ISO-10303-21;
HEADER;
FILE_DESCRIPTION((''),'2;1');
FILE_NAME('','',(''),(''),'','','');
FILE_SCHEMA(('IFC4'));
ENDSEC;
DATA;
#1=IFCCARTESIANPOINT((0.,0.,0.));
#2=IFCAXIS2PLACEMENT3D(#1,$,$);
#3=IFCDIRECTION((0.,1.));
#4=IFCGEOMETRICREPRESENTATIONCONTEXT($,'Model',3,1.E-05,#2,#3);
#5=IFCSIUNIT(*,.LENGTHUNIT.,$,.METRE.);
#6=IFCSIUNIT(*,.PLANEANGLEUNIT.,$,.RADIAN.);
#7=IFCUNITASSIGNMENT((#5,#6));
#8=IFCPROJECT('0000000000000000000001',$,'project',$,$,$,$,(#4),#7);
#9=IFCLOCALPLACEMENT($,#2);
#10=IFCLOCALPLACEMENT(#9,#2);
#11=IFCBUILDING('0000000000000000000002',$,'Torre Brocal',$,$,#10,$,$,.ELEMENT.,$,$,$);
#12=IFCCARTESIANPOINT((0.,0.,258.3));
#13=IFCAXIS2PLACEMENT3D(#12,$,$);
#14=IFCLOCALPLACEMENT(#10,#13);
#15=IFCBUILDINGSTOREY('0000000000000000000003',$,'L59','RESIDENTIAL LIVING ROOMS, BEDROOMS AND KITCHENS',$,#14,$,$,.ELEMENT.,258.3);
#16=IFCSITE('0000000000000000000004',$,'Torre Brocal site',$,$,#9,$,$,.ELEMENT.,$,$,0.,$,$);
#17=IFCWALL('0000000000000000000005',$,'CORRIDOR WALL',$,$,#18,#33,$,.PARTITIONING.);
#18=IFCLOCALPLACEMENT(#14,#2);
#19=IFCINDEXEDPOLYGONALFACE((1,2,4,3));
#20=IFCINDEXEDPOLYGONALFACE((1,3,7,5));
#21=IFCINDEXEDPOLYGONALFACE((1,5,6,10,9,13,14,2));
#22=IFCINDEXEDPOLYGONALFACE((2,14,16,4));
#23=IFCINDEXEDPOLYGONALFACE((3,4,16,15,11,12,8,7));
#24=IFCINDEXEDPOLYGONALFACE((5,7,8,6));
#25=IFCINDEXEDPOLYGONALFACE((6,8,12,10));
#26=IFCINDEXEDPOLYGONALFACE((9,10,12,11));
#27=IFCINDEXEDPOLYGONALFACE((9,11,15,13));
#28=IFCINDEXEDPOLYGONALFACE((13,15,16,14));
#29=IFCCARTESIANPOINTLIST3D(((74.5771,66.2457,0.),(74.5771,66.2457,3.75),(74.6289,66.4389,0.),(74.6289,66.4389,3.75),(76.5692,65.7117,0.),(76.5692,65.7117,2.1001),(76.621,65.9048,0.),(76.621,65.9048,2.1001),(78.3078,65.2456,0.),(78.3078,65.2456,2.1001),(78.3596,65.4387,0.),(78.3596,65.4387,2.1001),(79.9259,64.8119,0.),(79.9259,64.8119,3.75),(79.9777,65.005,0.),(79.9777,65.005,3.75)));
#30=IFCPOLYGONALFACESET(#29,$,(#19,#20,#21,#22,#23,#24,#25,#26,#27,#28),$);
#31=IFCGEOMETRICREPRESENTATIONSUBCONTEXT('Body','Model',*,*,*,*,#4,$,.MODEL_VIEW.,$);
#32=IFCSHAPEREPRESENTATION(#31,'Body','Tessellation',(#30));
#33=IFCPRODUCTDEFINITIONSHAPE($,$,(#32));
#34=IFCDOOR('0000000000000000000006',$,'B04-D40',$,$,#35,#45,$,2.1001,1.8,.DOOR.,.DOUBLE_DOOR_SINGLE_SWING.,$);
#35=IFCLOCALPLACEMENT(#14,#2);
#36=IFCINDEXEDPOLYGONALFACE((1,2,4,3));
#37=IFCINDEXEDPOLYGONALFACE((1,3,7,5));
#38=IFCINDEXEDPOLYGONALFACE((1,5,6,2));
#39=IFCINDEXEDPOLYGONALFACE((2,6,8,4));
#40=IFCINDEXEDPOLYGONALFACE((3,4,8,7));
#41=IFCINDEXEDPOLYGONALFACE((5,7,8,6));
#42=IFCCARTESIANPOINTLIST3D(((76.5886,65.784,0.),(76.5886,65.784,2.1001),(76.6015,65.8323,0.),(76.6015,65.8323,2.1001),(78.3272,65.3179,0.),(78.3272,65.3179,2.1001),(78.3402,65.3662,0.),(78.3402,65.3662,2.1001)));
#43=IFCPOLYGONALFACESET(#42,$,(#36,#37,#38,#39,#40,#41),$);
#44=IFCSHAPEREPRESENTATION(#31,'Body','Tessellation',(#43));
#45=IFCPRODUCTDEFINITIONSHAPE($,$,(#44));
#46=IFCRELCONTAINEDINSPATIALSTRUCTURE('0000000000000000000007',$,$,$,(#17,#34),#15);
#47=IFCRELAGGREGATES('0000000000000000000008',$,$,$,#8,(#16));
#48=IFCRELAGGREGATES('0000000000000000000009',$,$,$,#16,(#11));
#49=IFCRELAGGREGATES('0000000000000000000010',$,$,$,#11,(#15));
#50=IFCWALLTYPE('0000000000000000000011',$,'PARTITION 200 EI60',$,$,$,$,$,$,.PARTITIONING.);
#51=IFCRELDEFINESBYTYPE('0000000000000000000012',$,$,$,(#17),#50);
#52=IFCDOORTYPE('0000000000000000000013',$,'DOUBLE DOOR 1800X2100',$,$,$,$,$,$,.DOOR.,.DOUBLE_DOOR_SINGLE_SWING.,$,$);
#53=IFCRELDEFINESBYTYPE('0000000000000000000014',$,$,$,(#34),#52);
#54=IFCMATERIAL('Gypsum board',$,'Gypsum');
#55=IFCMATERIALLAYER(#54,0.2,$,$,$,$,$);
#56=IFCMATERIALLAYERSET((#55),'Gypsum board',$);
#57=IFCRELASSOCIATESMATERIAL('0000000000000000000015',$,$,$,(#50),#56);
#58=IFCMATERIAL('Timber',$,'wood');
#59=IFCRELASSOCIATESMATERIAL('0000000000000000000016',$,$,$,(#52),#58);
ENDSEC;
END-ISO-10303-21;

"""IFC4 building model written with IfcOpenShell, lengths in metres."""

from ifc_helpers import new_model, si_unit, direction, frame, frame_2d, origin, place, context, subcontext, project, spatial, rectangle, extrude, material, layer, layer_set, type_object, element, fill, save


model = new_model("IFC4")

# Units and contexts
model_context = context("Model", 3, precision=1e-05, world=origin(), true_north=direction((0.0, 1.0)))
body_context = subcontext(model_context, "Body", "Model", "MODEL_VIEW")
ifc_project = project(units=[si_unit("LENGTHUNIT", "METRE"), si_unit("PLANEANGLEUNIT", "RADIAN")], contexts=[model_context])

# Site, building, storey
site_placement = place(None, origin())
site = spatial("IfcSite", under=ifc_project, at=site_placement, Name="Torre Brocal site", CompositionType="ELEMENT", RefElevation=0.0)
building_placement = place(site_placement, origin())
building = spatial("IfcBuilding", under=site, at=building_placement, Name="Torre Brocal", CompositionType="ELEMENT")
storey_placement = place(building_placement, frame((0.0, 0.0, 258.3)))
storey = spatial("IfcBuildingStorey", under=building, at=storey_placement, Name="L59", Description="RESIDENTIAL LIVING ROOMS, BEDROOMS AND KITCHENS", CompositionType="ELEMENT", Elevation=258.3)

# Shared definitions
ifc_material_1 = material(Name="Gypsum board", Category="Gypsum")
ifc_layer_1 = layer(ifc_material_1, 0.2)
ifc_layer_set_1 = layer_set([ifc_layer_1], Name="Gypsum board")
wall_type_1 = type_object("IfcWallType", Name="PARTITION 200 EI60", PredefinedType="PARTITIONING", material=ifc_layer_set_1)

# Wall, opening, door
wall_1_placement = place(storey_placement, frame((74.603, 66.3423, 0.0), z_axis=(0.0, 0.0, 1.0), x_axis=(0.965895, -0.258933, 0.0)))
wall_1 = element("IfcWall", 1, at=wall_1_placement, inside=storey, type_object=wall_type_1, Name="CORRIDOR WALL", PredefinedType="PARTITIONING", context=body_context, shape_type="SweptSolid", body=[
    extrude(rectangle(XDim=5.5376, YDim=0.2, at=frame_2d((2.7688, 0.0))), origin(), (0.0, 0.0, 1.0), 3.75),
])
opening_1_placement = place(wall_1_placement, frame((2.0625, 0.0, 0.0)))
opening_1 = element("IfcOpeningElement", 2, at=opening_1_placement, cuts=wall_1, PredefinedType="OPENING", context=body_context, shape_type="SweptSolid", body=[
    extrude(rectangle(XDim=1.8, YDim=2.1001, at=frame_2d((0.8999, 1.05))), frame((0.0, 0.1099, 0.0), z_axis=(0.0, -1.0, 0.0), x_axis=(1.0, 0.0, 0.0)), (0.0, 0.0, 1.0), 0.22),
])
ifc_material_2 = material(Name="Timber", Category="wood")
door_type_1 = type_object("IfcDoorType", Name="DOUBLE DOOR 1800X2100", OperationType="DOUBLE_DOOR_SINGLE_SWING", PredefinedType="DOOR", material=ifc_material_2)
door_1_placement = place(opening_1_placement, origin())
door_1 = element("IfcDoor", 3, at=door_1_placement, inside=storey, type_object=door_type_1, Name="B04-D40", OperationType="DOUBLE_DOOR_SINGLE_SWING", OverallHeight=2.1001, OverallWidth=1.8, PredefinedType="DOOR", context=body_context, shape_type="SweptSolid", body=[
    extrude(rectangle(XDim=1.8, YDim=2.1001, at=frame_2d((0.8999, 1.05))), frame((0.0, 0.0249, 0.0), z_axis=(0.0, -1.0, 0.0), x_axis=(1.0, 0.0, 0.0)), (0.0, 0.0, 1.0), 0.05),
])
fill(opening_1, door_1)

save(model, "model.ifc")
